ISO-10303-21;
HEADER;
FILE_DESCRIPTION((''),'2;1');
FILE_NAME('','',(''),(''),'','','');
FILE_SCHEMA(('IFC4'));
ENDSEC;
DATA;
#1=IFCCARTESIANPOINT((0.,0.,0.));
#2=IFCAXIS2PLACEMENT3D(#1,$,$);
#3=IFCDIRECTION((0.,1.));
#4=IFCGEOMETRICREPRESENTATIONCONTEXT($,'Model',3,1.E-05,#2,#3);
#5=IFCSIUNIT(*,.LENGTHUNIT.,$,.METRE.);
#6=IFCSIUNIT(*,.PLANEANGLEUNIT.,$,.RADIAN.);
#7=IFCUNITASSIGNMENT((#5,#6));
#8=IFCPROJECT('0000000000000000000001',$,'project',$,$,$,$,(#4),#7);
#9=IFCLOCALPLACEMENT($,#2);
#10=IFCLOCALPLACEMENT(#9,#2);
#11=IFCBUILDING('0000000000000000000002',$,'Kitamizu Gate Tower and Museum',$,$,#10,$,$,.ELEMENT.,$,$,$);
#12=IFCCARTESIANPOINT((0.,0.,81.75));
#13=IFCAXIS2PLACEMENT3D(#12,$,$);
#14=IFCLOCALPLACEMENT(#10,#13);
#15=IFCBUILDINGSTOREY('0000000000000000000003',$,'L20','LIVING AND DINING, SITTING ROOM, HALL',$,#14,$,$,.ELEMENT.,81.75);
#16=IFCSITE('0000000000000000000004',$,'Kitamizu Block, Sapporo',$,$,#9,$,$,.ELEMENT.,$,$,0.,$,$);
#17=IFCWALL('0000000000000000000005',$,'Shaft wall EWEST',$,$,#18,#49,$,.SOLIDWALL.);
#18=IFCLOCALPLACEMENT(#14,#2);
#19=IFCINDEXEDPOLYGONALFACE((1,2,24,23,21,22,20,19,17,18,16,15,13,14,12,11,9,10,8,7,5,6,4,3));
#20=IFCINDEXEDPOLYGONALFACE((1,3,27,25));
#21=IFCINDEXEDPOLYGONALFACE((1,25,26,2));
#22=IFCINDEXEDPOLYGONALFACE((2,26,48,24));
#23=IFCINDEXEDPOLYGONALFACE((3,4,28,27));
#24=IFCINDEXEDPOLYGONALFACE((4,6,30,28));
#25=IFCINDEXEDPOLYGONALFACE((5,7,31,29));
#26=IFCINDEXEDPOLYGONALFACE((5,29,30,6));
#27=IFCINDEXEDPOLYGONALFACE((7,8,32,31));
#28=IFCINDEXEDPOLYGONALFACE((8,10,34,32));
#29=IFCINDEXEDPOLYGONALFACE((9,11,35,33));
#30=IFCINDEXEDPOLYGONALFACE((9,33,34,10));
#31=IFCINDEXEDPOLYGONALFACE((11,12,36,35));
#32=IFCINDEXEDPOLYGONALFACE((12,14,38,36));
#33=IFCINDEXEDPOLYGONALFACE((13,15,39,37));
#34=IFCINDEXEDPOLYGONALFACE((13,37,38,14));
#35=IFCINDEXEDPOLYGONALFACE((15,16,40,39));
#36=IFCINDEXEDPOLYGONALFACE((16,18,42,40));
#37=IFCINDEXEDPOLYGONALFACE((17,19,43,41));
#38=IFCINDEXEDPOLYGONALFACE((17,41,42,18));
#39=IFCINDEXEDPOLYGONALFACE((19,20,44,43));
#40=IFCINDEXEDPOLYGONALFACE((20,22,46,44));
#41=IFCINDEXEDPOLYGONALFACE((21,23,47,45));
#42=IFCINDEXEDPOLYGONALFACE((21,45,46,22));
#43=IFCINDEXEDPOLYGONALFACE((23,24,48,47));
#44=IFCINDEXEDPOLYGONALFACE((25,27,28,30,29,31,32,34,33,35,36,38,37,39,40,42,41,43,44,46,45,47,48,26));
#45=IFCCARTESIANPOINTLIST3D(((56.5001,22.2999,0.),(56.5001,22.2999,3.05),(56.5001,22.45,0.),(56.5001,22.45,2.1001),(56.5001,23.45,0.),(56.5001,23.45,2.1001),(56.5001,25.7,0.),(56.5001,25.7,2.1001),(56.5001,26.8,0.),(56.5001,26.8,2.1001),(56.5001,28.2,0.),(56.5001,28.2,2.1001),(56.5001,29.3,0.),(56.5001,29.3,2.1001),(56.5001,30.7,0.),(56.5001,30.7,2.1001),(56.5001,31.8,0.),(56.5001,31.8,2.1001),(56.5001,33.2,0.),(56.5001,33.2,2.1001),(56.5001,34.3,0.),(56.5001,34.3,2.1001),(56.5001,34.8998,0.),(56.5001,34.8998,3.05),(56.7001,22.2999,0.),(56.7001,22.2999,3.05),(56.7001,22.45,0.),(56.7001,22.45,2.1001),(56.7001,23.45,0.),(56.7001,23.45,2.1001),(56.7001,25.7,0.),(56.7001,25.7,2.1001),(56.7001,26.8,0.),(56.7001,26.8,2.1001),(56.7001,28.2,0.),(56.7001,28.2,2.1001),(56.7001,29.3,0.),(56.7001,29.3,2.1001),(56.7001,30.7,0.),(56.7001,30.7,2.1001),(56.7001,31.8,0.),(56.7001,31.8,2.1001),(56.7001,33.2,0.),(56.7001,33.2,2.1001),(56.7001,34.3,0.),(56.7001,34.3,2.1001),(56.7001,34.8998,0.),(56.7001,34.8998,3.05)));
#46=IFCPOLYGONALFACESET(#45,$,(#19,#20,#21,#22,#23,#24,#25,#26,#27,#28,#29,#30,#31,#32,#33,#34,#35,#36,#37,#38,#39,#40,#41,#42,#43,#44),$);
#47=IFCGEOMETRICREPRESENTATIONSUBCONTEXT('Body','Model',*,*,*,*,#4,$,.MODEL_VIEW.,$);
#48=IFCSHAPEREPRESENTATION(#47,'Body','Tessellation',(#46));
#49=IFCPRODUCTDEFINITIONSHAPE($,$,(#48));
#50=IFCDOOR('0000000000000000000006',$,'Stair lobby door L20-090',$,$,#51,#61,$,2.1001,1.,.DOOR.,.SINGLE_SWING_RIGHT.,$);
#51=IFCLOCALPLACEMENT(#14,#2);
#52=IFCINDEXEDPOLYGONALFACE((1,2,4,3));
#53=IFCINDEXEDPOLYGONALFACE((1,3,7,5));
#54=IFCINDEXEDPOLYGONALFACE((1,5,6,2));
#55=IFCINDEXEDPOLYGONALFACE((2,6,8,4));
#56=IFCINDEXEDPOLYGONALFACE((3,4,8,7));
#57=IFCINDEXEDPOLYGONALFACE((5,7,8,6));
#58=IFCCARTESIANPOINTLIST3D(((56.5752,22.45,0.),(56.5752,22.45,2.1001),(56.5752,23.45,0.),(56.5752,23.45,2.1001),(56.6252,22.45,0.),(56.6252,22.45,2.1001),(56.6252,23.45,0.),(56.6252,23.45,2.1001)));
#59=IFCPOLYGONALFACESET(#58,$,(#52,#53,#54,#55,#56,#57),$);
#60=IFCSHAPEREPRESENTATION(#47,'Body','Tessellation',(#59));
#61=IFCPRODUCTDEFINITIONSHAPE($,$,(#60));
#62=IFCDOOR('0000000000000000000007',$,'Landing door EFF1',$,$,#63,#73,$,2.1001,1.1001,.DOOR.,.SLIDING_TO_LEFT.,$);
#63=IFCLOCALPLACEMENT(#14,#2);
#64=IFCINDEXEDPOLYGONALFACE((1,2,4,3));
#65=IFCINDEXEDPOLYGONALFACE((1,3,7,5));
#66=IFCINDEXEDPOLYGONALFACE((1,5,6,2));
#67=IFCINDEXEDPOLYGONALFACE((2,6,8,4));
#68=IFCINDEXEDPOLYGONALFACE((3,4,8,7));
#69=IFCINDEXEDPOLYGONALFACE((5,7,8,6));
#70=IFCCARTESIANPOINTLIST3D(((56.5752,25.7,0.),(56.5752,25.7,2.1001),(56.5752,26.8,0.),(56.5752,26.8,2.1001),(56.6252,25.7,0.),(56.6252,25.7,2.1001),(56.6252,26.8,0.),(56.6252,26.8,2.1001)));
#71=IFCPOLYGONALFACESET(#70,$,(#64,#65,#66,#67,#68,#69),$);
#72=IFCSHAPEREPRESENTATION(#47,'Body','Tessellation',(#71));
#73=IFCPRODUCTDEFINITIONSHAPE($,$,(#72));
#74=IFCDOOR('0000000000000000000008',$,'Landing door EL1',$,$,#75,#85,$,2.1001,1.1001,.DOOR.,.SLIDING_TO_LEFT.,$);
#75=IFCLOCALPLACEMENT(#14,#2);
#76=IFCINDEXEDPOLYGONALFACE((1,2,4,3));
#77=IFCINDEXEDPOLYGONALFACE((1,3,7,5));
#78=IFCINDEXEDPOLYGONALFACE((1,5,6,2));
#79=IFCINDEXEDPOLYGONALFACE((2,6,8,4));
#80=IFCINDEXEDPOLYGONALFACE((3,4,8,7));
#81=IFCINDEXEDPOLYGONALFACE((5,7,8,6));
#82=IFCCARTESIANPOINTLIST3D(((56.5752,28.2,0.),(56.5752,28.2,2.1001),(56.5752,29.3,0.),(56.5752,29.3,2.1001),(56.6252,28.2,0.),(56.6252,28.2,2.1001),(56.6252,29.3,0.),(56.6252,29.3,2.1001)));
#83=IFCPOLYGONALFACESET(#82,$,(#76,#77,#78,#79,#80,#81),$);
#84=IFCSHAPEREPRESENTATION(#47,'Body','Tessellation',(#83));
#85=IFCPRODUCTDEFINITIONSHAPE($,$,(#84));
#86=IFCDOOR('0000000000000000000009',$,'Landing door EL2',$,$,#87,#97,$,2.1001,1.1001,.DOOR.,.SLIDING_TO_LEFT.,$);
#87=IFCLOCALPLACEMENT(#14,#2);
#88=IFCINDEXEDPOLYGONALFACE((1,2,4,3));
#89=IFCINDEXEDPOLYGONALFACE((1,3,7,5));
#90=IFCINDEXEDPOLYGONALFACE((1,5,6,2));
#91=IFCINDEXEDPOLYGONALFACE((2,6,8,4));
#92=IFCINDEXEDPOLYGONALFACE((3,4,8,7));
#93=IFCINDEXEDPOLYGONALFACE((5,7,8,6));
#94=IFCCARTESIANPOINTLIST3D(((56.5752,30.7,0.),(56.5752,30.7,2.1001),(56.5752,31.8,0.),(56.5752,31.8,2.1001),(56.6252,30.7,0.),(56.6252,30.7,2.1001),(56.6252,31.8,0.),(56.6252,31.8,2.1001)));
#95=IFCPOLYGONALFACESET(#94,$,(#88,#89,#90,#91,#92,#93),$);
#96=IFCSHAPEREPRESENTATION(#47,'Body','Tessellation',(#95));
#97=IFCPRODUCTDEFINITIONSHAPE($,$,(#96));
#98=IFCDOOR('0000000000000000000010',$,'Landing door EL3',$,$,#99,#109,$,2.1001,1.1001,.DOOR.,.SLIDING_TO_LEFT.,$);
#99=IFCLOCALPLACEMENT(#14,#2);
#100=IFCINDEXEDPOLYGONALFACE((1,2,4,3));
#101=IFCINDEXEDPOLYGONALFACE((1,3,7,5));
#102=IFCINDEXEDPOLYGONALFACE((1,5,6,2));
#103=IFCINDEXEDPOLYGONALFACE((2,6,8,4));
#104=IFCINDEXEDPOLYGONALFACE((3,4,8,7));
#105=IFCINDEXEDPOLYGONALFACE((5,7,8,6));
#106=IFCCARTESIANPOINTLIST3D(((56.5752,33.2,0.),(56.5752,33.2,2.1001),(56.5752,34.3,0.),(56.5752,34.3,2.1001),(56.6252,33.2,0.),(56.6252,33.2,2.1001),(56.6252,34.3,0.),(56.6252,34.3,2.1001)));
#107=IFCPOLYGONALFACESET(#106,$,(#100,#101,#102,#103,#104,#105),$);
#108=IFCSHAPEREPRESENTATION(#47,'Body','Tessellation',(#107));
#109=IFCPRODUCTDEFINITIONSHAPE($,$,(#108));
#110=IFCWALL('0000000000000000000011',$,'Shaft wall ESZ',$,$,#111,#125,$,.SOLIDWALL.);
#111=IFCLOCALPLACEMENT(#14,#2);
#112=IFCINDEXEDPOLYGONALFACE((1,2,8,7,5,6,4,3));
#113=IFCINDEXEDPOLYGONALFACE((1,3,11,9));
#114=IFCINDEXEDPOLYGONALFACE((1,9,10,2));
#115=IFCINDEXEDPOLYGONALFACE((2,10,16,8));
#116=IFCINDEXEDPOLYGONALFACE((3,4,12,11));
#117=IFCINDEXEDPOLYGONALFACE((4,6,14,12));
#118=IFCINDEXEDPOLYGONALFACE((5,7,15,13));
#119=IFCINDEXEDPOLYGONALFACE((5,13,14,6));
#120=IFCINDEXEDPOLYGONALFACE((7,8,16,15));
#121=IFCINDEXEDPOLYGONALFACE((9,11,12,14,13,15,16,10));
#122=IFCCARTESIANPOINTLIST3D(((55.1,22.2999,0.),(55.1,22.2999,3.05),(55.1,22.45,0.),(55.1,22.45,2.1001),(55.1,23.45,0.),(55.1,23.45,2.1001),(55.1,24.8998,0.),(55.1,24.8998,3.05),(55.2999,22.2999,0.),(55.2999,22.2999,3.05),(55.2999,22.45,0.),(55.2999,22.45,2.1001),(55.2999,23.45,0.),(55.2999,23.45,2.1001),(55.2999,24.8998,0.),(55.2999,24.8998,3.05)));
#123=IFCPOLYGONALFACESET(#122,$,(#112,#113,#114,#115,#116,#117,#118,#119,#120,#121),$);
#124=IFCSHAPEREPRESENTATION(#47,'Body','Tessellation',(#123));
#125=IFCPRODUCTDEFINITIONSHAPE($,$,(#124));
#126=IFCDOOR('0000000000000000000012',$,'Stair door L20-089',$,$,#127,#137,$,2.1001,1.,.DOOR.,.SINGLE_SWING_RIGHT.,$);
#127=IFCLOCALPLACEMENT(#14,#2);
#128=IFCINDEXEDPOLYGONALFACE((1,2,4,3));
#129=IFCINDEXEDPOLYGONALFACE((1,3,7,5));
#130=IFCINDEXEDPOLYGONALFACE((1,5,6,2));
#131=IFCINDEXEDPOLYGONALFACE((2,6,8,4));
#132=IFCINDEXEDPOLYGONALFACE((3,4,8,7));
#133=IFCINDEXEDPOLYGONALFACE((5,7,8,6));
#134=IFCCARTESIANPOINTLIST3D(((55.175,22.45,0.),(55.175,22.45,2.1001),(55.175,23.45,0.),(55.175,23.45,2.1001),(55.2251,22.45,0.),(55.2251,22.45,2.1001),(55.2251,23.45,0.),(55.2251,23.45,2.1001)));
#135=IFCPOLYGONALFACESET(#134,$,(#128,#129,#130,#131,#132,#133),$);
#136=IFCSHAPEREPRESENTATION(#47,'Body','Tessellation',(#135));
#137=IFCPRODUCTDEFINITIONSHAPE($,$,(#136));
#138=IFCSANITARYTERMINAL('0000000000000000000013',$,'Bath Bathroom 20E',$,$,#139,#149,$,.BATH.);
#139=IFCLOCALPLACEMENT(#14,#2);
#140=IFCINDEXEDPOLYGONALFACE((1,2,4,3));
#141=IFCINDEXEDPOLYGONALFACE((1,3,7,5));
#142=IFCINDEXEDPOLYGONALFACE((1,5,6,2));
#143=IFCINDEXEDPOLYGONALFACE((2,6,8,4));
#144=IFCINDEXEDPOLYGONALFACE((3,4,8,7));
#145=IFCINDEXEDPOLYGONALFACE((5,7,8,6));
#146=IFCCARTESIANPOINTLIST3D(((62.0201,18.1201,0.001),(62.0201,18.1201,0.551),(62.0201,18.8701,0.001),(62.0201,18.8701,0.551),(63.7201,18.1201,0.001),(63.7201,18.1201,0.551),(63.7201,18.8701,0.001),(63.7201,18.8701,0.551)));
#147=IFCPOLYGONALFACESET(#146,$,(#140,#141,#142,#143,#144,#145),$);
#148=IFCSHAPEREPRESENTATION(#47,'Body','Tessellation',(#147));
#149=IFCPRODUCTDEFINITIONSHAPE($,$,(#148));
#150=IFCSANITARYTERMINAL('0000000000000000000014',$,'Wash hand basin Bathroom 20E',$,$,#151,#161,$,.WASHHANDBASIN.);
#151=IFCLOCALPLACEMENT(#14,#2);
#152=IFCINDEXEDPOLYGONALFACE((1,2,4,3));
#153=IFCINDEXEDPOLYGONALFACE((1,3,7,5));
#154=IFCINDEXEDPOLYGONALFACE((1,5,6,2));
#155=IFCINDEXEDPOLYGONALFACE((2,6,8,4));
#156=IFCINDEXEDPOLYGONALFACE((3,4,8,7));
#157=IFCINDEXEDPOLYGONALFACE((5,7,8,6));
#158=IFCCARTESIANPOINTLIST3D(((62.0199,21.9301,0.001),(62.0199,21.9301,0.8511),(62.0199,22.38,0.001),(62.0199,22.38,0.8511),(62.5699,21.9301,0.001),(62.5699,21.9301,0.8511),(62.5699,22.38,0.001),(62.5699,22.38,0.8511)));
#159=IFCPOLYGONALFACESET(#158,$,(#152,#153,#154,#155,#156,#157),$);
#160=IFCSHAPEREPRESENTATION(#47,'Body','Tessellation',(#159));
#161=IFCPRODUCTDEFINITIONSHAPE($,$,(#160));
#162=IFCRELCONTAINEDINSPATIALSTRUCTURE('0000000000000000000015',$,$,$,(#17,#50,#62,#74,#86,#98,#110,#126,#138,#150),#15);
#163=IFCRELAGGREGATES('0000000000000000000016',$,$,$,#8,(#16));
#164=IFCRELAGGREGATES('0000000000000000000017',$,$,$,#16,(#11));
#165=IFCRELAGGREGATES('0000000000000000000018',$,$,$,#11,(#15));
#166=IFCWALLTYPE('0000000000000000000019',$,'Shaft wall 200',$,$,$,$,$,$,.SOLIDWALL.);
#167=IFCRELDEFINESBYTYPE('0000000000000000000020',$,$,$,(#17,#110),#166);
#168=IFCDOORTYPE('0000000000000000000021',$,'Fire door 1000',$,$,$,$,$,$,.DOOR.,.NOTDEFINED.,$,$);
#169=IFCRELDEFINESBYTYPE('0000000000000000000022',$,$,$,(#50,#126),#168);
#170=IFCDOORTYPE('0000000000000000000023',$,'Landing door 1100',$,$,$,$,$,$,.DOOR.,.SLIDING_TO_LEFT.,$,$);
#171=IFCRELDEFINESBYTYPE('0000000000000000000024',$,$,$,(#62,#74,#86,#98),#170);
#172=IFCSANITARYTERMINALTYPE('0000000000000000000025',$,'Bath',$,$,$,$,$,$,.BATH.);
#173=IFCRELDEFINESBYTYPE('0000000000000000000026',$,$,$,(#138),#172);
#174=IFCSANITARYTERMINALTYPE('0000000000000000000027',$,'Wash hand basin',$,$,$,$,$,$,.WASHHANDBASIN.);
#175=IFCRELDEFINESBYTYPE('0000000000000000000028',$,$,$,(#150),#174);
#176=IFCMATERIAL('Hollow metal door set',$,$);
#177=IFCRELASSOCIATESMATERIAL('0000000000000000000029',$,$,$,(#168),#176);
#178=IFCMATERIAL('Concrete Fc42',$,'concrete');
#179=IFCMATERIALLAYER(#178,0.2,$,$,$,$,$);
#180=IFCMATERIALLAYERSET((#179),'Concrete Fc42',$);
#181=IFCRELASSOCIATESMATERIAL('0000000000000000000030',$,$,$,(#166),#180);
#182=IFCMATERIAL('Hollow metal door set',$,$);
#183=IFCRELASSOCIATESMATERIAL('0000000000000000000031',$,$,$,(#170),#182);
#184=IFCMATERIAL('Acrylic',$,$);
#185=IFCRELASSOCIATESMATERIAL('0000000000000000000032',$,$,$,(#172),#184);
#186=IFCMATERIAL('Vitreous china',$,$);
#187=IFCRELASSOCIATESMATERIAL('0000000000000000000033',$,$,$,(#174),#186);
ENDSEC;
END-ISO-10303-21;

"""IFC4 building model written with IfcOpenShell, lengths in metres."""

from ifc_helpers import new_model, si_unit, direction, frame, frame_2d, origin, origin_2d, place, context, subcontext, project, spatial, rectangle, extrude, material, layer, layer_set, type_object, element, fill, save


model = new_model("IFC4")

# Units and contexts
model_context = context("Model", 3, precision=1e-05, world=origin(), true_north=direction((0.0, 1.0)))
body_context = subcontext(model_context, "Body", "Model", "MODEL_VIEW")
ifc_project = project(units=[si_unit("LENGTHUNIT", "METRE"), si_unit("PLANEANGLEUNIT", "RADIAN")], contexts=[model_context])

# Site, building, storey
site_placement = place(None, origin())
site = spatial("IfcSite", under=ifc_project, at=site_placement, Name="Kitamizu Block, Sapporo", CompositionType="ELEMENT", RefElevation=0.0)
building_placement = place(site_placement, origin())
building = spatial("IfcBuilding", under=site, at=building_placement, Name="Kitamizu Gate Tower and Museum", CompositionType="ELEMENT")
storey_placement = place(building_placement, frame((0.0, 0.0, 81.75)))
storey = spatial("IfcBuildingStorey", under=building, at=storey_placement, Name="L20", Description="LIVING AND DINING, SITTING ROOM, HALL", CompositionType="ELEMENT", Elevation=81.75)

# Shared definitions
ifc_material_1 = material(Name="Hollow metal door set")
door_type_1 = type_object("IfcDoorType", Name="Fire door 1000", OperationType="NOTDEFINED", PredefinedType="DOOR", material=ifc_material_1)

# Wall, openings, doors
ifc_material_2 = material(Name="Concrete Fc42", Category="concrete")
ifc_layer_1 = layer(ifc_material_2, 0.2)
ifc_layer_set_1 = layer_set([ifc_layer_1], Name="Concrete Fc42")
wall_type_1 = type_object("IfcWallType", Name="Shaft wall 200", PredefinedType="SOLIDWALL", material=ifc_layer_set_1)
wall_1_placement = place(storey_placement, frame((56.6001, 22.3, 0.0), z_axis=(0.0, 0.0, 1.0), x_axis=(0.0, 1.0, 0.0)))
wall_1 = element("IfcWall", 1, at=wall_1_placement, inside=storey, type_object=wall_type_1, Name="Shaft wall EWEST", PredefinedType="SOLIDWALL", context=body_context, shape_type="SweptSolid", body=[
    extrude(rectangle(XDim=12.5999, YDim=0.2, at=frame_2d((6.2998, 0.0))), origin(), (0.0, 0.0, 1.0), 3.05),
])
opening_1_placement = place(wall_1_placement, frame((3.3999, 0.0, 0.0)))
opening_1 = element("IfcOpeningElement", 2, at=opening_1_placement, cuts=wall_1, PredefinedType="OPENING", context=body_context, shape_type="SweptSolid", body=[
    extrude(rectangle(XDim=1.1001, YDim=2.1001, at=frame_2d((0.55, 1.05))), frame((0.0, 0.1099, 0.0), z_axis=(0.0, -1.0, 0.0), x_axis=(1.0, 0.0, 0.0)), (0.0, 0.0, 1.0), 0.22),
])
opening_2_placement = place(wall_1_placement, frame((5.8999, 0.0, 0.0)))
opening_2 = element("IfcOpeningElement", 3, at=opening_2_placement, cuts=wall_1, PredefinedType="OPENING", context=body_context, shape_type="SweptSolid", body=[
    extrude(rectangle(XDim=1.1001, YDim=2.1001, at=frame_2d((0.55, 1.05))), frame((0.0, 0.1099, 0.0), z_axis=(0.0, -1.0, 0.0), x_axis=(1.0, 0.0, 0.0)), (0.0, 0.0, 1.0), 0.22),
])
opening_3_placement = place(wall_1_placement, frame((8.3999, 0.0, 0.0)))
opening_3 = element("IfcOpeningElement", 4, at=opening_3_placement, cuts=wall_1, PredefinedType="OPENING", context=body_context, shape_type="SweptSolid", body=[
    extrude(rectangle(XDim=1.1001, YDim=2.1001, at=frame_2d((0.55, 1.05))), frame((0.0, 0.1099, 0.0), z_axis=(0.0, -1.0, 0.0), x_axis=(1.0, 0.0, 0.0)), (0.0, 0.0, 1.0), 0.22),
])
opening_4_placement = place(wall_1_placement, frame((10.8999, 0.0, 0.0)))
opening_4 = element("IfcOpeningElement", 5, at=opening_4_placement, cuts=wall_1, PredefinedType="OPENING", context=body_context, shape_type="SweptSolid", body=[
    extrude(rectangle(XDim=1.1001, YDim=2.1001, at=frame_2d((0.55, 1.05))), frame((0.0, 0.1099, 0.0), z_axis=(0.0, -1.0, 0.0), x_axis=(1.0, 0.0, 0.0)), (0.0, 0.0, 1.0), 0.22),
])
opening_5_placement = place(wall_1_placement, frame((0.1499, 0.0, 0.0)))
opening_5 = element("IfcOpeningElement", 6, at=opening_5_placement, cuts=wall_1, PredefinedType="OPENING", context=body_context, shape_type="SweptSolid", body=[
    extrude(rectangle(XDim=1.0, YDim=2.1001, at=frame_2d((0.5, 1.05))), frame((0.0, 0.1099, 0.0), z_axis=(0.0, -1.0, 0.0), x_axis=(1.0, 0.0, 0.0)), (0.0, 0.0, 1.0), 0.22),
])
door_1_placement = place(opening_5_placement, origin())
door_1 = element("IfcDoor", 7, at=door_1_placement, inside=storey, type_object=door_type_1, Name="Stair lobby door L20-090", OperationType="SINGLE_SWING_RIGHT", OverallHeight=2.1001, OverallWidth=1.0, PredefinedType="DOOR", context=body_context, shape_type="SweptSolid", body=[
    extrude(rectangle(XDim=1.0, YDim=2.1001, at=frame_2d((0.5, 1.05))), frame((0.0, 0.0249, 0.0), z_axis=(0.0, -1.0, 0.0), x_axis=(1.0, 0.0, 0.0)), (0.0, 0.0, 1.0), 0.05),
])
fill(opening_5, door_1)
ifc_material_3 = material(Name="Hollow metal door set")
door_type_2 = type_object("IfcDoorType", Name="Landing door 1100", OperationType="SLIDING_TO_LEFT", PredefinedType="DOOR", material=ifc_material_3)
door_2_placement = place(opening_1_placement, origin())
door_2 = element("IfcDoor", 8, at=door_2_placement, inside=storey, type_object=door_type_2, Name="Landing door EFF1", OperationType="SLIDING_TO_LEFT", OverallHeight=2.1001, OverallWidth=1.1001, PredefinedType="DOOR", context=body_context, shape_type="SweptSolid", body=[
    extrude(rectangle(XDim=1.1001, YDim=2.1001, at=frame_2d((0.55, 1.05))), frame((0.0, 0.0249, 0.0), z_axis=(0.0, -1.0, 0.0), x_axis=(1.0, 0.0, 0.0)), (0.0, 0.0, 1.0), 0.05),
])
fill(opening_1, door_2)
door_3_placement = place(opening_2_placement, origin())
door_3 = element("IfcDoor", 9, at=door_3_placement, inside=storey, type_object=door_type_2, Name="Landing door EL1", OperationType="SLIDING_TO_LEFT", OverallHeight=2.1001, OverallWidth=1.1001, PredefinedType="DOOR", context=body_context, shape_type="SweptSolid", body=[
    extrude(rectangle(XDim=1.1001, YDim=2.1001, at=frame_2d((0.55, 1.05))), frame((0.0, 0.0249, 0.0), z_axis=(0.0, -1.0, 0.0), x_axis=(1.0, 0.0, 0.0)), (0.0, 0.0, 1.0), 0.05),
])
fill(opening_2, door_3)
door_4_placement = place(opening_3_placement, origin())
door_4 = element("IfcDoor", 10, at=door_4_placement, inside=storey, type_object=door_type_2, Name="Landing door EL2", OperationType="SLIDING_TO_LEFT", OverallHeight=2.1001, OverallWidth=1.1001, PredefinedType="DOOR", context=body_context, shape_type="SweptSolid", body=[
    extrude(rectangle(XDim=1.1001, YDim=2.1001, at=frame_2d((0.55, 1.05))), frame((0.0, 0.0249, 0.0), z_axis=(0.0, -1.0, 0.0), x_axis=(1.0, 0.0, 0.0)), (0.0, 0.0, 1.0), 0.05),
])
fill(opening_3, door_4)
door_5_placement = place(opening_4_placement, origin())
door_5 = element("IfcDoor", 11, at=door_5_placement, inside=storey, type_object=door_type_2, Name="Landing door EL3", OperationType="SLIDING_TO_LEFT", OverallHeight=2.1001, OverallWidth=1.1001, PredefinedType="DOOR", context=body_context, shape_type="SweptSolid", body=[
    extrude(rectangle(XDim=1.1001, YDim=2.1001, at=frame_2d((0.55, 1.05))), frame((0.0, 0.0249, 0.0), z_axis=(0.0, -1.0, 0.0), x_axis=(1.0, 0.0, 0.0)), (0.0, 0.0, 1.0), 0.05),
])
fill(opening_4, door_5)

# Wall, opening, door
wall_2_placement = place(storey_placement, frame((55.2, 22.3, 0.0), z_axis=(0.0, 0.0, 1.0), x_axis=(0.0, 1.0, 0.0)))
wall_2 = element("IfcWall", 12, at=wall_2_placement, inside=storey, type_object=wall_type_1, Name="Shaft wall ESZ", PredefinedType="SOLIDWALL", context=body_context, shape_type="SweptSolid", body=[
    extrude(rectangle(XDim=2.5999, YDim=0.2, at=frame_2d((1.2998, 0.0))), origin(), (0.0, 0.0, 1.0), 3.05),
])
opening_6_placement = place(wall_2_placement, frame((0.1499, 0.0, 0.0)))
opening_6 = element("IfcOpeningElement", 13, at=opening_6_placement, cuts=wall_2, PredefinedType="OPENING", context=body_context, shape_type="SweptSolid", body=[
    extrude(rectangle(XDim=1.0, YDim=2.1001, at=frame_2d((0.5, 1.05))), frame((0.0, 0.1099, 0.0), z_axis=(0.0, -1.0, 0.0), x_axis=(1.0, 0.0, 0.0)), (0.0, 0.0, 1.0), 0.22),
])
door_6_placement = place(opening_6_placement, origin())
door_6 = element("IfcDoor", 14, at=door_6_placement, inside=storey, type_object=door_type_1, Name="Stair door L20-089", OperationType="SINGLE_SWING_RIGHT", OverallHeight=2.1001, OverallWidth=1.0, PredefinedType="DOOR", context=body_context, shape_type="SweptSolid", body=[
    extrude(rectangle(XDim=1.0, YDim=2.1001, at=frame_2d((0.5, 1.05))), frame((0.0, 0.0249, 0.0), z_axis=(0.0, -1.0, 0.0), x_axis=(1.0, 0.0, 0.0)), (0.0, 0.0, 1.0), 0.05),
])
fill(opening_6, door_6)

# Sanitary terminals
ifc_material_4 = material(Name="Acrylic")
sanitary_terminal_type_1 = type_object("IfcSanitaryTerminalType", Name="Bath", PredefinedType="BATH", material=ifc_material_4)
sanitary_terminal_1_placement = place(storey_placement, frame((62.8701, 18.4951, 0.001), z_axis=(0.0, 0.0, 1.0), x_axis=(1.0, 0.0, 0.0)))
element("IfcSanitaryTerminal", 15, at=sanitary_terminal_1_placement, inside=storey, type_object=sanitary_terminal_type_1, Name="Bath Bathroom 20E", PredefinedType="BATH", context=body_context, shape_type="SweptSolid", body=[
    extrude(rectangle(XDim=1.7, YDim=0.75, at=origin_2d()), origin(), (0.0, 0.0, 1.0), 0.55),
])
ifc_material_5 = material(Name="Vitreous china")
sanitary_terminal_type_2 = type_object("IfcSanitaryTerminalType", Name="Wash hand basin", PredefinedType="WASHHANDBASIN", material=ifc_material_5)
sanitary_terminal_2_placement = place(storey_placement, frame((62.2949, 22.155, 0.001), z_axis=(0.0, 0.0, 1.0), x_axis=(1.0, 0.0, 0.0)))
element("IfcSanitaryTerminal", 16, at=sanitary_terminal_2_placement, inside=storey, type_object=sanitary_terminal_type_2, Name="Wash hand basin Bathroom 20E", PredefinedType="WASHHANDBASIN", context=body_context, shape_type="SweptSolid", body=[
    extrude(rectangle(XDim=0.55, YDim=0.45, at=origin_2d()), origin(), (0.0, 0.0, 1.0), 0.8501),
])

save(model, "model.ifc")
